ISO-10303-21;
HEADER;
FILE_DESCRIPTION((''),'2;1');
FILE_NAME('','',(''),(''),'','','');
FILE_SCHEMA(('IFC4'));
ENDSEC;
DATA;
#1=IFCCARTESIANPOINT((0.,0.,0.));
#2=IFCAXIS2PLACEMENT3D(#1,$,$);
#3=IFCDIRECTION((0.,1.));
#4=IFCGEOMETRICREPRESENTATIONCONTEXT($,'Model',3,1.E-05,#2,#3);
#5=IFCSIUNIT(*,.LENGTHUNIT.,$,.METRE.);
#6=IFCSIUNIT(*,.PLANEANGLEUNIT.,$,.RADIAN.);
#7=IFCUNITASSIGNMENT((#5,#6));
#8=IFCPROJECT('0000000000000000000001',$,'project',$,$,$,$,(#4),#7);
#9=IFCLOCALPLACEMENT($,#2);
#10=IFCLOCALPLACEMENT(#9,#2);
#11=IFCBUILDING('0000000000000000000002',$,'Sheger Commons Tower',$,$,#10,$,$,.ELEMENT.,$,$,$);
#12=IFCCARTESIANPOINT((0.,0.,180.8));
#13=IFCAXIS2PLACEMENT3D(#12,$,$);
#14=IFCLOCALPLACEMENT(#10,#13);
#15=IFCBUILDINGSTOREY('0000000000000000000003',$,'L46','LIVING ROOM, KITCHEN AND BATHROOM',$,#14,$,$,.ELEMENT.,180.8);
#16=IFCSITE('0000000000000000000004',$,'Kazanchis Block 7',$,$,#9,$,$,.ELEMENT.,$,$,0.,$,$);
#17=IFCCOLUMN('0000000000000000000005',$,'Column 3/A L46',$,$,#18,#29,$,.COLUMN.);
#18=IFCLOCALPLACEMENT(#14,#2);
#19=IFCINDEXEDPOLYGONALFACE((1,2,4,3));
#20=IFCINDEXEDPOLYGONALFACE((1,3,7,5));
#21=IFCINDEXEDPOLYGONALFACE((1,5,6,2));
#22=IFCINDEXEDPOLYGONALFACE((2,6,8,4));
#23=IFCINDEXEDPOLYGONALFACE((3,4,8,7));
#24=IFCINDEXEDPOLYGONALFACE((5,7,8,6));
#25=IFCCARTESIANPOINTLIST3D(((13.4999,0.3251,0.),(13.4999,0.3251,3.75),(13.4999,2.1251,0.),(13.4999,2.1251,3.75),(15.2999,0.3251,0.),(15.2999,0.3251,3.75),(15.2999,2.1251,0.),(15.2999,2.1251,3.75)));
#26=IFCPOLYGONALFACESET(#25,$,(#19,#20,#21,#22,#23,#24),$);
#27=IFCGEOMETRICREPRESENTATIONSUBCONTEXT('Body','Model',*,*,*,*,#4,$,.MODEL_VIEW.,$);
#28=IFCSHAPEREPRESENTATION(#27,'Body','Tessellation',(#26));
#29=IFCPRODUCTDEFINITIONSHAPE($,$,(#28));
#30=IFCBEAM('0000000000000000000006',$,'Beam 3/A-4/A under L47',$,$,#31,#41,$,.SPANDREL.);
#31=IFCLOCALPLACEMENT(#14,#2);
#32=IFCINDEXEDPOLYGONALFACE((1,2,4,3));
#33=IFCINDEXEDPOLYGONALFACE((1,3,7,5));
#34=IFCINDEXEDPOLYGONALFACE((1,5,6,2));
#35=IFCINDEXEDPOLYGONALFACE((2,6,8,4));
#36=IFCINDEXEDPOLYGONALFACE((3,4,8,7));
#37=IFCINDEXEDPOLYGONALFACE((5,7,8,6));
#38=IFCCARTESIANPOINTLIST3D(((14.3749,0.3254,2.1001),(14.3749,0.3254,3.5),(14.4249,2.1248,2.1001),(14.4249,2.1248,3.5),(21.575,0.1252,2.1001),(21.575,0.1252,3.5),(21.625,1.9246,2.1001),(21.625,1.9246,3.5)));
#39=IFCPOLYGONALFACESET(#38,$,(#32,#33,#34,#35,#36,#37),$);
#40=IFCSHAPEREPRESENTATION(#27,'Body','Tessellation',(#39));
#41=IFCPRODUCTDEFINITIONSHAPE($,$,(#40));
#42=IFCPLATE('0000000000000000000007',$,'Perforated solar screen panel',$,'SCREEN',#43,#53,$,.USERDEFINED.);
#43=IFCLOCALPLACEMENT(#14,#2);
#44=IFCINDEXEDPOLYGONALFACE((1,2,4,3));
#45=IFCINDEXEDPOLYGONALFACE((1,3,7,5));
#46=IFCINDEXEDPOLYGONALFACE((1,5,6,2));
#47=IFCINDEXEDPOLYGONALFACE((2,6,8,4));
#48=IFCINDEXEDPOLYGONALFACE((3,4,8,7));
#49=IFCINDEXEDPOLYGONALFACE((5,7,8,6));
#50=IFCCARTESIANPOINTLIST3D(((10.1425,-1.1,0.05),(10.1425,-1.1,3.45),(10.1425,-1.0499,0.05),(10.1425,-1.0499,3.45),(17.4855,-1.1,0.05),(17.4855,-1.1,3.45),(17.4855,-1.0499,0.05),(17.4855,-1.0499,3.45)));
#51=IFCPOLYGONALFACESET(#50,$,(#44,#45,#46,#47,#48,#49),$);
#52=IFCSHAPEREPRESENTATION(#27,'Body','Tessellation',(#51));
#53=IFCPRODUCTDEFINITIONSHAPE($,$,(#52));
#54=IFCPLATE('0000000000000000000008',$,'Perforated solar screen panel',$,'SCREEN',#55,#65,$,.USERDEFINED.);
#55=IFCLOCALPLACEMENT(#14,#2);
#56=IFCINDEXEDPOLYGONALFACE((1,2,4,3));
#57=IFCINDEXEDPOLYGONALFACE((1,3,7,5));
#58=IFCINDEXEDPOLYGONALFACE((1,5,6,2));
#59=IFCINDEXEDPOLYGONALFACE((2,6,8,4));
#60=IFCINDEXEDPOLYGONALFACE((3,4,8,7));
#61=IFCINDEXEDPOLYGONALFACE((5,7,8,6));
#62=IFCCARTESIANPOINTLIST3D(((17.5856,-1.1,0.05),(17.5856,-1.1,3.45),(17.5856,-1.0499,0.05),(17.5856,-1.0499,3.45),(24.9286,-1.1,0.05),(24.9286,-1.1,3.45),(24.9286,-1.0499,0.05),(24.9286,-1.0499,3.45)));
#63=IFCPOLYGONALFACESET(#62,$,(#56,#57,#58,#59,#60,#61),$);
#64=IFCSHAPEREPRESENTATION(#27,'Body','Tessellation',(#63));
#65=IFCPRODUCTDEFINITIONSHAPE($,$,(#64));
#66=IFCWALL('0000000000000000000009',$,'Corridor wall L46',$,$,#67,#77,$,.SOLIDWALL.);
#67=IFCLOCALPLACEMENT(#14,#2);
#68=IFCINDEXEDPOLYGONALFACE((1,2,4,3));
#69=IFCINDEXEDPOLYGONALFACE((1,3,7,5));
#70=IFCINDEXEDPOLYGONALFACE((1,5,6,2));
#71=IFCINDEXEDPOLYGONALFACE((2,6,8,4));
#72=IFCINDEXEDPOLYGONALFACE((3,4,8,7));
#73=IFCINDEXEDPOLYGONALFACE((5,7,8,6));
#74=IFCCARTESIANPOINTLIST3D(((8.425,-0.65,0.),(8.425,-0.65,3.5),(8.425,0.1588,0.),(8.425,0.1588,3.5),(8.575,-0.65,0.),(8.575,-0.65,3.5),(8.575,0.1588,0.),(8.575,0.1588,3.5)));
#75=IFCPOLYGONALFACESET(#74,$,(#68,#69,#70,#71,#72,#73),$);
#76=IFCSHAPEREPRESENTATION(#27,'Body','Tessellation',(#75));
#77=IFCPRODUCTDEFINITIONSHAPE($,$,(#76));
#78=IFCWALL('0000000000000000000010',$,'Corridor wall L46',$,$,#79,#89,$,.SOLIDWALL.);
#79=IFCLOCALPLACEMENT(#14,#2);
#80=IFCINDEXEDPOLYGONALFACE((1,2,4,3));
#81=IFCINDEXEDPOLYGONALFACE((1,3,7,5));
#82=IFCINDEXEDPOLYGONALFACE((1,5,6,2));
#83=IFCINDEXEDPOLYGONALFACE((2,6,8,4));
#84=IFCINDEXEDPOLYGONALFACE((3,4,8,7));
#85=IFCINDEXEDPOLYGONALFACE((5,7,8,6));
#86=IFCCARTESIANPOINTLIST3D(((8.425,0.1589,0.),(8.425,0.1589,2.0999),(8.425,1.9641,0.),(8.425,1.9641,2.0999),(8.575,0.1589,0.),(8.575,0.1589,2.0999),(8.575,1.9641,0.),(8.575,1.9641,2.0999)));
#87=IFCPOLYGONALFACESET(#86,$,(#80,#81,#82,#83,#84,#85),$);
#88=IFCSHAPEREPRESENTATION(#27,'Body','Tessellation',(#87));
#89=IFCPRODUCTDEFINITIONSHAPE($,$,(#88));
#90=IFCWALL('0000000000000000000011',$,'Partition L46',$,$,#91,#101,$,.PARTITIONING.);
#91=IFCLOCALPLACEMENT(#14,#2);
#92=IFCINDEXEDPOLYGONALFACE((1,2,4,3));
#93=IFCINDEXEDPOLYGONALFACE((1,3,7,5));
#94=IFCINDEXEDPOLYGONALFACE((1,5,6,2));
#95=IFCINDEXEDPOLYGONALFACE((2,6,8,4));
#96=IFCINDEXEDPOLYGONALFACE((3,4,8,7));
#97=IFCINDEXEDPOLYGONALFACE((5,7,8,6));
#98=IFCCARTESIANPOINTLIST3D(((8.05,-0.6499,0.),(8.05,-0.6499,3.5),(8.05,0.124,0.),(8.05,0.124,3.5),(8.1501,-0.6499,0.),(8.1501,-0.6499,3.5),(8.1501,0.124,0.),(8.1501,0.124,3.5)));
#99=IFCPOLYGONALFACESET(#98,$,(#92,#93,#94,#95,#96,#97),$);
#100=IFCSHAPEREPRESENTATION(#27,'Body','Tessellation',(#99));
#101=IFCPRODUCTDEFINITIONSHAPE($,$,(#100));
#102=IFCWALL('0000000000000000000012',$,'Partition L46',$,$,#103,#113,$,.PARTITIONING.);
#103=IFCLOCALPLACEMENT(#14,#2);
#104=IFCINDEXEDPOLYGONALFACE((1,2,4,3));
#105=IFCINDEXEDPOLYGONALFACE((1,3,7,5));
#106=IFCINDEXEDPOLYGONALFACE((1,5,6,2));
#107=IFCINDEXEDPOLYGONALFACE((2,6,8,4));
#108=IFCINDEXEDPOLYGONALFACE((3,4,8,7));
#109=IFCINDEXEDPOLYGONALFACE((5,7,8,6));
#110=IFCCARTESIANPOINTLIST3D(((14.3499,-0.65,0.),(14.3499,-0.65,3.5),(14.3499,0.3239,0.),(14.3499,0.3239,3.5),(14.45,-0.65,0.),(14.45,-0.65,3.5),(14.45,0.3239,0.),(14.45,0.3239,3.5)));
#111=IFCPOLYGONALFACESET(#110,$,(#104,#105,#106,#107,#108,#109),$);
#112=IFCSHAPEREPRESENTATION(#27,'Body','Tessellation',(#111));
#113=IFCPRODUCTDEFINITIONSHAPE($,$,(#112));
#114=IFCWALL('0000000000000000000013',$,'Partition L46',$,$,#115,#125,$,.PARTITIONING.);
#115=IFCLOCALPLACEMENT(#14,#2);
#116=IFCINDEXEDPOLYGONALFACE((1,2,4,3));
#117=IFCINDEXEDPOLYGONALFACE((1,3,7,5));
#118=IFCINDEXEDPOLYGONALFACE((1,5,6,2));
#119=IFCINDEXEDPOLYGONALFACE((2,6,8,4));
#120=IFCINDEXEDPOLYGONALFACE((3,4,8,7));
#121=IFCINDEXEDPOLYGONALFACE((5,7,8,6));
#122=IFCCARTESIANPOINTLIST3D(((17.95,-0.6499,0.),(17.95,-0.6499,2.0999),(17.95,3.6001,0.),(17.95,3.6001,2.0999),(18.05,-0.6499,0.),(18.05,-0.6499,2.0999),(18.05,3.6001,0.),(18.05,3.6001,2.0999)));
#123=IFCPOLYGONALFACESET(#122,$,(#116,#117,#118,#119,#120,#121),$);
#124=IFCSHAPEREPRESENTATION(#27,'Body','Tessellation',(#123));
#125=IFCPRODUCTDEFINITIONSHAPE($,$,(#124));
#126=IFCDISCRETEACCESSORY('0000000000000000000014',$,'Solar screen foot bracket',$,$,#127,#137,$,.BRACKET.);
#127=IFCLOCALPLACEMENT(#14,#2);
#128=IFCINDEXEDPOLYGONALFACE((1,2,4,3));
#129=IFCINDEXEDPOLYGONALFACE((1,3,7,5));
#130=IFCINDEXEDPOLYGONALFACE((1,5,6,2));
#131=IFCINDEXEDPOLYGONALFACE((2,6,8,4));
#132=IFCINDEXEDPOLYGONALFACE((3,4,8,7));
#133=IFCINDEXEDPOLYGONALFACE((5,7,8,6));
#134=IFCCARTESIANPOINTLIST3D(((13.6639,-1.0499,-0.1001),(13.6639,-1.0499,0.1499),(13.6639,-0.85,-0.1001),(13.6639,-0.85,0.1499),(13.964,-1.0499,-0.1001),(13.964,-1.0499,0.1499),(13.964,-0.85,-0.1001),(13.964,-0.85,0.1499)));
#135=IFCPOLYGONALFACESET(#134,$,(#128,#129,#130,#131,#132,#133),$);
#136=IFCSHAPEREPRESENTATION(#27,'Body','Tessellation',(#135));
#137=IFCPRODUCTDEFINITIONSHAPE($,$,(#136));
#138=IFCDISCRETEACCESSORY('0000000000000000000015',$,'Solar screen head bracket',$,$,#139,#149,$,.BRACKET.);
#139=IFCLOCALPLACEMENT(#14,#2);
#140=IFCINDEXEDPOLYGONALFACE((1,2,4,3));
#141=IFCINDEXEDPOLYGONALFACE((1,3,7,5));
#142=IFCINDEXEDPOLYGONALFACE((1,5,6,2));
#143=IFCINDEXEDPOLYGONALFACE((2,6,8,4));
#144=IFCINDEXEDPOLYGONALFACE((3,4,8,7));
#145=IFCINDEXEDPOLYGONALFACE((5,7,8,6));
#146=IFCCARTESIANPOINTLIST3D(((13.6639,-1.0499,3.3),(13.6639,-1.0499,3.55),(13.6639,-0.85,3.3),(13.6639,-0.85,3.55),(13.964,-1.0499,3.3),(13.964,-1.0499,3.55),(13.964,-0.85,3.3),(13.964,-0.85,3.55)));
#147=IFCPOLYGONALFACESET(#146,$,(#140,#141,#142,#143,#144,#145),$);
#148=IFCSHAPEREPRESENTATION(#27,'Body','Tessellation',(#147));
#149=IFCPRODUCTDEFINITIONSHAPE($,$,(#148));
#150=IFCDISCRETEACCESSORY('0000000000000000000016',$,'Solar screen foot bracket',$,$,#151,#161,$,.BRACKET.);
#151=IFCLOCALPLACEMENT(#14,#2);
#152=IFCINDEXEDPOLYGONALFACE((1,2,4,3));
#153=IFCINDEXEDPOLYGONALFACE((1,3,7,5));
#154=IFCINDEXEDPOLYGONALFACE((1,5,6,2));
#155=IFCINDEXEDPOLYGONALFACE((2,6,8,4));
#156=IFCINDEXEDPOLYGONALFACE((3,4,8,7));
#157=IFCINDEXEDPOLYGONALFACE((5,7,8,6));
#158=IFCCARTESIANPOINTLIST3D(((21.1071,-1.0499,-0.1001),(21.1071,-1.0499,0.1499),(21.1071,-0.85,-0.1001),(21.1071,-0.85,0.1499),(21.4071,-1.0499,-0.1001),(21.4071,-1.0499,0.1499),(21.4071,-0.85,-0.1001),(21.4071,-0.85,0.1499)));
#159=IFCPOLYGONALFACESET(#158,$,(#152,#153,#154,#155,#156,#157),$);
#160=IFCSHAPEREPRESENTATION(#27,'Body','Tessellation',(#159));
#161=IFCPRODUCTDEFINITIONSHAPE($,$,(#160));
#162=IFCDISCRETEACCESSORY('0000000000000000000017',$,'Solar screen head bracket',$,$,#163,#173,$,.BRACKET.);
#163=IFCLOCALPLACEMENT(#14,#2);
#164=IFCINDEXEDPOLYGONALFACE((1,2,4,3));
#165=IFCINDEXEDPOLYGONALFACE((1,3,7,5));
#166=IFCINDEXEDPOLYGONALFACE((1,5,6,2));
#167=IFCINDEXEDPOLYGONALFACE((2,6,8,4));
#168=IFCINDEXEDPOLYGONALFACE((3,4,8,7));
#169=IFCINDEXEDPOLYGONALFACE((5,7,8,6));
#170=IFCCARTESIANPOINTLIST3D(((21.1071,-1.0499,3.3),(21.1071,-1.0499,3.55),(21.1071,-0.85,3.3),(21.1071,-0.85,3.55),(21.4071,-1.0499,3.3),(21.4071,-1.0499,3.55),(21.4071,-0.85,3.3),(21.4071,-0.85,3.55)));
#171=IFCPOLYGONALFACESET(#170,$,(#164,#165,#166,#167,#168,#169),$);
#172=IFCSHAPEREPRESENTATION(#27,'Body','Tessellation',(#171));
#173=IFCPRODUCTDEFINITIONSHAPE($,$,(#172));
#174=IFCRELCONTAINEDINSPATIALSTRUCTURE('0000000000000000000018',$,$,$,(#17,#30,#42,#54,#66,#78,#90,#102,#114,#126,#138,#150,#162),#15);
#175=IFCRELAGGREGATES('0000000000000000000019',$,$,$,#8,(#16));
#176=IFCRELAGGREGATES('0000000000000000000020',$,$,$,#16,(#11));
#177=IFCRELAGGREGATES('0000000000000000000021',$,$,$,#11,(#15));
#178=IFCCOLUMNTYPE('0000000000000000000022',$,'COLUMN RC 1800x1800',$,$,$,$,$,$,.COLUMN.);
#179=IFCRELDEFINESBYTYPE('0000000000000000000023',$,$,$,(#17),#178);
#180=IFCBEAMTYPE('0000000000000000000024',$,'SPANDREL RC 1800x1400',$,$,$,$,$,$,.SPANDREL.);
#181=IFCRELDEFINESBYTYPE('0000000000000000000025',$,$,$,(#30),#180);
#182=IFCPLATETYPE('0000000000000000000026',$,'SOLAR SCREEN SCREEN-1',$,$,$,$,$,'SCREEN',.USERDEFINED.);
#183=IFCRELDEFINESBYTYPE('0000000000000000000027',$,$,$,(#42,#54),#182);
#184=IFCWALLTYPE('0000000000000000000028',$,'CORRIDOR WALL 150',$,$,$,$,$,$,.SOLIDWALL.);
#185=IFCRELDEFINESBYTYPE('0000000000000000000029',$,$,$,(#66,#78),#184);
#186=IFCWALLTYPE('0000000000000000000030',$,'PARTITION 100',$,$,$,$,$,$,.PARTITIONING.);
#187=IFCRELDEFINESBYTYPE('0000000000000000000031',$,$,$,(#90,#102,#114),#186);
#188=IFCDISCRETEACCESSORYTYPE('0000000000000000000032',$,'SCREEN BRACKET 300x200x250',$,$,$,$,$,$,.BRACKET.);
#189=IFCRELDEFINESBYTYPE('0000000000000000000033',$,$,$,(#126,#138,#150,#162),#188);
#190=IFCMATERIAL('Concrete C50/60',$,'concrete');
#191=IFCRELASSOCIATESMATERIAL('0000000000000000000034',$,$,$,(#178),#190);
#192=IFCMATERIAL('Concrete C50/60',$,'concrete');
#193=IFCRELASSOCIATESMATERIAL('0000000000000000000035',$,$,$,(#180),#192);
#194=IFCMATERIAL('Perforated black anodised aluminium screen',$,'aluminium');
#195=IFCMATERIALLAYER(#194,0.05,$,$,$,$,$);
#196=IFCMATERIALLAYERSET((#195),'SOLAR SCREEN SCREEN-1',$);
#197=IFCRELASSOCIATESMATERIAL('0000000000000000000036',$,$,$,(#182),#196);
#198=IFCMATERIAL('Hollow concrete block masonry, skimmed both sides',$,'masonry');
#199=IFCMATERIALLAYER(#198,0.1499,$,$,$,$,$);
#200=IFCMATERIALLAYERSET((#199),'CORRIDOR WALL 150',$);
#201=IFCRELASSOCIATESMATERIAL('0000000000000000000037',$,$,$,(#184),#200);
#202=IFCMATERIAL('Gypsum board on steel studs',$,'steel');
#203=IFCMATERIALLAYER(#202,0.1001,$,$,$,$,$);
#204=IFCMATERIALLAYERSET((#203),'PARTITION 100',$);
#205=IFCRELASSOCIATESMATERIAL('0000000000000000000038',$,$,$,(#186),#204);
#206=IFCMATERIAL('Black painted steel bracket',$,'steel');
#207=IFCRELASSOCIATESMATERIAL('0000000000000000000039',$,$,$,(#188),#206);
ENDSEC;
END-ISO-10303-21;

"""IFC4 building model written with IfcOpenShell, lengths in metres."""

from ifc_helpers import new_model, si_unit, direction, frame, frame_2d, origin, origin_2d, place, context, subcontext, project, spatial, rectangle, extrude, material, layer, layer_set, material_profile, profile_set, type_object, element, save


model = new_model("IFC4")

# Units and contexts
model_context = context("Model", 3, precision=1e-05, world=origin(), true_north=direction((0.0, 1.0)))
body_context = subcontext(model_context, "Body", "Model", "MODEL_VIEW")
ifc_project = project(units=[si_unit("LENGTHUNIT", "METRE"), si_unit("PLANEANGLEUNIT", "RADIAN")], contexts=[model_context])

# Site, building, storey
site_placement = place(None, origin())
site = spatial("IfcSite", under=ifc_project, at=site_placement, Name="Kazanchis Block 7", CompositionType="ELEMENT", RefElevation=0.0)
building_placement = place(site_placement, origin())
building = spatial("IfcBuilding", under=site, at=building_placement, Name="Sheger Commons Tower", CompositionType="ELEMENT")
storey_placement = place(building_placement, frame((0.0, 0.0, 180.8)))
storey = spatial("IfcBuildingStorey", under=building, at=storey_placement, Name="L46", Description="LIVING ROOM, KITCHEN AND BATHROOM", CompositionType="ELEMENT", Elevation=180.8)

# Column
ifc_material_1 = material(Name="Concrete C50/60", Category="concrete")
ifc_material_profile_1 = material_profile(ifc_material_1, rectangle(XDim=1.8, YDim=1.8, at=origin_2d()), Name="RC 1800x1800")
ifc_profile_set_1 = profile_set([ifc_material_profile_1], Name="Concrete C50/60")
column_type = type_object("IfcColumnType", Name="COLUMN RC 1800x1800", PredefinedType="COLUMN", material=ifc_profile_set_1)
column_placement = place(storey_placement, frame((14.3999, 1.2251, 0.0), z_axis=(0.0, 0.0, 1.0), x_axis=(1.0, 0.0, 0.0)))
element("IfcColumn", 1, at=column_placement, inside=storey, type_object=column_type, Name="Column 3/A L46", PredefinedType="COLUMN", context=body_context, shape_type="SweptSolid", body=[
    extrude(rectangle(XDim=1.8, YDim=1.8, at=origin_2d()), origin(), (0.0, 0.0, 1.0), 3.75),
])

# Beam
ifc_material_2 = material(Name="Concrete C50/60", Category="concrete")
ifc_material_profile_2 = material_profile(ifc_material_2, rectangle(XDim=1.8, YDim=1.3999, at=origin_2d()), Name="RC 1800x1400")
ifc_profile_set_2 = profile_set([ifc_material_profile_2], Name="Concrete C50/60")
beam_type = type_object("IfcBeamType", Name="SPANDREL RC 1800x1400", PredefinedType="SPANDREL", material=ifc_profile_set_2)
beam_placement = place(storey_placement, frame((14.3999, 1.2251, 2.8), z_axis=(0.999614, -0.027793, 0.0), x_axis=(0.027793, 0.999614, 0.0)))
element("IfcBeam", 2, at=beam_placement, inside=storey, type_object=beam_type, Name="Beam 3/A-4/A under L47", PredefinedType="SPANDREL", context=body_context, shape_type="SweptSolid", body=[
    extrude(rectangle(XDim=1.8, YDim=1.3999, at=origin_2d()), origin(), (0.0, 0.0, 1.0), 7.2029),
])

# Plates
ifc_material_3 = material(Name="Perforated black anodised aluminium screen", Category="aluminium")
ifc_layer_1 = layer(ifc_material_3, 0.05)
ifc_layer_set_1 = layer_set([ifc_layer_1], Name="SOLAR SCREEN SCREEN-1")
plate_type = type_object("IfcPlateType", Name="SOLAR SCREEN SCREEN-1", ElementType="SCREEN", PredefinedType="USERDEFINED", material=ifc_layer_set_1)
for number, where, z_axis, x_axis, name in (
    (3, (13.814, -1.075, 0.05), (0.0, 0.0, 1.0), (1.0, 0.0, 0.0), "Perforated solar screen panel"),
    (4, (21.2571, -1.075, 0.05), (0.0, 0.0, 1.0), (1.0, 0.0, 0.0), "Perforated solar screen panel"),
):
    element("IfcPlate", number, at=place(storey_placement, frame(where, z_axis=z_axis, x_axis=x_axis)), inside=storey, type_object=plate_type, Name=name, ObjectType="SCREEN", PredefinedType="USERDEFINED", context=body_context, shape_type="SweptSolid", body=[
        extrude(rectangle(XDim=7.343, YDim=0.05, at=origin_2d()), origin(), (0.0, 0.0, 1.0), 3.3999),
    ])

# Walls
ifc_material_4 = material(Name="Hollow concrete block masonry, skimmed both sides", Category="masonry")
ifc_layer_2 = layer(ifc_material_4, 0.1499)
ifc_layer_set_2 = layer_set([ifc_layer_2], Name="CORRIDOR WALL 150")
wall_type_1 = type_object("IfcWallType", Name="CORRIDOR WALL 150", PredefinedType="SOLIDWALL", material=ifc_layer_set_2)
wall_1_placement = place(storey_placement, frame((8.5, -0.6499, 0.0), z_axis=(0.0, 0.0, 1.0), x_axis=(0.0, 1.0, 0.0)))
element("IfcWall", 5, at=wall_1_placement, inside=storey, type_object=wall_type_1, Name="Corridor wall L46", PredefinedType="SOLIDWALL", context=body_context, shape_type="SweptSolid", body=[
    extrude(rectangle(XDim=0.8088, YDim=0.1499, at=frame_2d((0.4043, 0.0))), origin(), (0.0, 0.0, 1.0), 3.5),
])
wall_2_placement = place(storey_placement, frame((8.5, 0.1589, 0.0), z_axis=(0.0, 0.0, 1.0), x_axis=(0.0, 1.0, 0.0)))
element("IfcWall", 6, at=wall_2_placement, inside=storey, type_object=wall_type_1, Name="Corridor wall L46", PredefinedType="SOLIDWALL", context=body_context, shape_type="SweptSolid", body=[
    extrude(rectangle(XDim=1.8052, YDim=0.1499, at=frame_2d((0.9026, 0.0))), origin(), (0.0, 0.0, 1.0), 2.0999),
])
ifc_material_5 = material(Name="Gypsum board on steel studs", Category="steel")
ifc_layer_3 = layer(ifc_material_5, 0.1001)
ifc_layer_set_3 = layer_set([ifc_layer_3], Name="PARTITION 100")
wall_type_2 = type_object("IfcWallType", Name="PARTITION 100", PredefinedType="PARTITIONING", material=ifc_layer_set_3)
wall_3_placement = place(storey_placement, frame((8.1001, 0.124, 0.0), z_axis=(0.0, 0.0, 1.0), x_axis=(0.0, -1.0, 0.0)))
element("IfcWall", 7, at=wall_3_placement, inside=storey, type_object=wall_type_2, Name="Partition L46", PredefinedType="PARTITIONING", context=body_context, shape_type="SweptSolid", body=[
    extrude(rectangle(XDim=0.7739, YDim=0.1001, at=frame_2d((0.387, 0.0))), origin(), (0.0, 0.0, 1.0), 3.5),
])
wall_4_placement = place(storey_placement, frame((14.3999, -0.6499, 0.0), z_axis=(0.0, 0.0, 1.0), x_axis=(0.0, 1.0, 0.0)))
element("IfcWall", 8, at=wall_4_placement, inside=storey, type_object=wall_type_2, Name="Partition L46", PredefinedType="PARTITIONING", context=body_context, shape_type="SweptSolid", body=[
    extrude(rectangle(XDim=0.9739, YDim=0.1001, at=frame_2d((0.4868, 0.0))), origin(), (0.0, 0.0, 1.0), 3.5),
])
wall_5_placement = place(storey_placement, frame((18.0, -0.6499, 0.0), z_axis=(0.0, 0.0, 1.0), x_axis=(0.0, 1.0, 0.0)))
element("IfcWall", 9, at=wall_5_placement, inside=storey, type_object=wall_type_2, Name="Partition L46", PredefinedType="PARTITIONING", context=body_context, shape_type="SweptSolid", body=[
    extrude(rectangle(XDim=4.25, YDim=0.1001, at=frame_2d((2.125, 0.0))), origin(), (0.0, 0.0, 1.0), 2.0999),
])

# Discrete accessories
ifc_material_6 = material(Name="Black painted steel bracket", Category="steel")
discrete_accessory_type = type_object("IfcDiscreteAccessoryType", Name="SCREEN BRACKET 300x200x250", PredefinedType="BRACKET", material=ifc_material_6)
for number, where, z_axis, x_axis, name in (
    (10, (13.814, -0.95, -0.1001), (0.0, 0.0, 1.0), (1.0, 0.0, 0.0), "Solar screen foot bracket"),
    (11, (13.814, -0.95, 3.3), (0.0, 0.0, 1.0), (1.0, 0.0, 0.0), "Solar screen head bracket"),
    (12, (21.2571, -0.95, -0.1001), (0.0, 0.0, 1.0), (1.0, 0.0, 0.0), "Solar screen foot bracket"),
    (13, (21.2571, -0.95, 3.3), (0.0, 0.0, 1.0), (1.0, 0.0, 0.0), "Solar screen head bracket"),
):
    element("IfcDiscreteAccessory", number, at=place(storey_placement, frame(where, z_axis=z_axis, x_axis=x_axis)), inside=storey, type_object=discrete_accessory_type, Name=name, PredefinedType="BRACKET", context=body_context, shape_type="SweptSolid", body=[
        extrude(rectangle(XDim=0.3, YDim=0.2, at=origin_2d()), origin(), (0.0, 0.0, 1.0), 0.25),
    ])

save(model, "model.ifc")
